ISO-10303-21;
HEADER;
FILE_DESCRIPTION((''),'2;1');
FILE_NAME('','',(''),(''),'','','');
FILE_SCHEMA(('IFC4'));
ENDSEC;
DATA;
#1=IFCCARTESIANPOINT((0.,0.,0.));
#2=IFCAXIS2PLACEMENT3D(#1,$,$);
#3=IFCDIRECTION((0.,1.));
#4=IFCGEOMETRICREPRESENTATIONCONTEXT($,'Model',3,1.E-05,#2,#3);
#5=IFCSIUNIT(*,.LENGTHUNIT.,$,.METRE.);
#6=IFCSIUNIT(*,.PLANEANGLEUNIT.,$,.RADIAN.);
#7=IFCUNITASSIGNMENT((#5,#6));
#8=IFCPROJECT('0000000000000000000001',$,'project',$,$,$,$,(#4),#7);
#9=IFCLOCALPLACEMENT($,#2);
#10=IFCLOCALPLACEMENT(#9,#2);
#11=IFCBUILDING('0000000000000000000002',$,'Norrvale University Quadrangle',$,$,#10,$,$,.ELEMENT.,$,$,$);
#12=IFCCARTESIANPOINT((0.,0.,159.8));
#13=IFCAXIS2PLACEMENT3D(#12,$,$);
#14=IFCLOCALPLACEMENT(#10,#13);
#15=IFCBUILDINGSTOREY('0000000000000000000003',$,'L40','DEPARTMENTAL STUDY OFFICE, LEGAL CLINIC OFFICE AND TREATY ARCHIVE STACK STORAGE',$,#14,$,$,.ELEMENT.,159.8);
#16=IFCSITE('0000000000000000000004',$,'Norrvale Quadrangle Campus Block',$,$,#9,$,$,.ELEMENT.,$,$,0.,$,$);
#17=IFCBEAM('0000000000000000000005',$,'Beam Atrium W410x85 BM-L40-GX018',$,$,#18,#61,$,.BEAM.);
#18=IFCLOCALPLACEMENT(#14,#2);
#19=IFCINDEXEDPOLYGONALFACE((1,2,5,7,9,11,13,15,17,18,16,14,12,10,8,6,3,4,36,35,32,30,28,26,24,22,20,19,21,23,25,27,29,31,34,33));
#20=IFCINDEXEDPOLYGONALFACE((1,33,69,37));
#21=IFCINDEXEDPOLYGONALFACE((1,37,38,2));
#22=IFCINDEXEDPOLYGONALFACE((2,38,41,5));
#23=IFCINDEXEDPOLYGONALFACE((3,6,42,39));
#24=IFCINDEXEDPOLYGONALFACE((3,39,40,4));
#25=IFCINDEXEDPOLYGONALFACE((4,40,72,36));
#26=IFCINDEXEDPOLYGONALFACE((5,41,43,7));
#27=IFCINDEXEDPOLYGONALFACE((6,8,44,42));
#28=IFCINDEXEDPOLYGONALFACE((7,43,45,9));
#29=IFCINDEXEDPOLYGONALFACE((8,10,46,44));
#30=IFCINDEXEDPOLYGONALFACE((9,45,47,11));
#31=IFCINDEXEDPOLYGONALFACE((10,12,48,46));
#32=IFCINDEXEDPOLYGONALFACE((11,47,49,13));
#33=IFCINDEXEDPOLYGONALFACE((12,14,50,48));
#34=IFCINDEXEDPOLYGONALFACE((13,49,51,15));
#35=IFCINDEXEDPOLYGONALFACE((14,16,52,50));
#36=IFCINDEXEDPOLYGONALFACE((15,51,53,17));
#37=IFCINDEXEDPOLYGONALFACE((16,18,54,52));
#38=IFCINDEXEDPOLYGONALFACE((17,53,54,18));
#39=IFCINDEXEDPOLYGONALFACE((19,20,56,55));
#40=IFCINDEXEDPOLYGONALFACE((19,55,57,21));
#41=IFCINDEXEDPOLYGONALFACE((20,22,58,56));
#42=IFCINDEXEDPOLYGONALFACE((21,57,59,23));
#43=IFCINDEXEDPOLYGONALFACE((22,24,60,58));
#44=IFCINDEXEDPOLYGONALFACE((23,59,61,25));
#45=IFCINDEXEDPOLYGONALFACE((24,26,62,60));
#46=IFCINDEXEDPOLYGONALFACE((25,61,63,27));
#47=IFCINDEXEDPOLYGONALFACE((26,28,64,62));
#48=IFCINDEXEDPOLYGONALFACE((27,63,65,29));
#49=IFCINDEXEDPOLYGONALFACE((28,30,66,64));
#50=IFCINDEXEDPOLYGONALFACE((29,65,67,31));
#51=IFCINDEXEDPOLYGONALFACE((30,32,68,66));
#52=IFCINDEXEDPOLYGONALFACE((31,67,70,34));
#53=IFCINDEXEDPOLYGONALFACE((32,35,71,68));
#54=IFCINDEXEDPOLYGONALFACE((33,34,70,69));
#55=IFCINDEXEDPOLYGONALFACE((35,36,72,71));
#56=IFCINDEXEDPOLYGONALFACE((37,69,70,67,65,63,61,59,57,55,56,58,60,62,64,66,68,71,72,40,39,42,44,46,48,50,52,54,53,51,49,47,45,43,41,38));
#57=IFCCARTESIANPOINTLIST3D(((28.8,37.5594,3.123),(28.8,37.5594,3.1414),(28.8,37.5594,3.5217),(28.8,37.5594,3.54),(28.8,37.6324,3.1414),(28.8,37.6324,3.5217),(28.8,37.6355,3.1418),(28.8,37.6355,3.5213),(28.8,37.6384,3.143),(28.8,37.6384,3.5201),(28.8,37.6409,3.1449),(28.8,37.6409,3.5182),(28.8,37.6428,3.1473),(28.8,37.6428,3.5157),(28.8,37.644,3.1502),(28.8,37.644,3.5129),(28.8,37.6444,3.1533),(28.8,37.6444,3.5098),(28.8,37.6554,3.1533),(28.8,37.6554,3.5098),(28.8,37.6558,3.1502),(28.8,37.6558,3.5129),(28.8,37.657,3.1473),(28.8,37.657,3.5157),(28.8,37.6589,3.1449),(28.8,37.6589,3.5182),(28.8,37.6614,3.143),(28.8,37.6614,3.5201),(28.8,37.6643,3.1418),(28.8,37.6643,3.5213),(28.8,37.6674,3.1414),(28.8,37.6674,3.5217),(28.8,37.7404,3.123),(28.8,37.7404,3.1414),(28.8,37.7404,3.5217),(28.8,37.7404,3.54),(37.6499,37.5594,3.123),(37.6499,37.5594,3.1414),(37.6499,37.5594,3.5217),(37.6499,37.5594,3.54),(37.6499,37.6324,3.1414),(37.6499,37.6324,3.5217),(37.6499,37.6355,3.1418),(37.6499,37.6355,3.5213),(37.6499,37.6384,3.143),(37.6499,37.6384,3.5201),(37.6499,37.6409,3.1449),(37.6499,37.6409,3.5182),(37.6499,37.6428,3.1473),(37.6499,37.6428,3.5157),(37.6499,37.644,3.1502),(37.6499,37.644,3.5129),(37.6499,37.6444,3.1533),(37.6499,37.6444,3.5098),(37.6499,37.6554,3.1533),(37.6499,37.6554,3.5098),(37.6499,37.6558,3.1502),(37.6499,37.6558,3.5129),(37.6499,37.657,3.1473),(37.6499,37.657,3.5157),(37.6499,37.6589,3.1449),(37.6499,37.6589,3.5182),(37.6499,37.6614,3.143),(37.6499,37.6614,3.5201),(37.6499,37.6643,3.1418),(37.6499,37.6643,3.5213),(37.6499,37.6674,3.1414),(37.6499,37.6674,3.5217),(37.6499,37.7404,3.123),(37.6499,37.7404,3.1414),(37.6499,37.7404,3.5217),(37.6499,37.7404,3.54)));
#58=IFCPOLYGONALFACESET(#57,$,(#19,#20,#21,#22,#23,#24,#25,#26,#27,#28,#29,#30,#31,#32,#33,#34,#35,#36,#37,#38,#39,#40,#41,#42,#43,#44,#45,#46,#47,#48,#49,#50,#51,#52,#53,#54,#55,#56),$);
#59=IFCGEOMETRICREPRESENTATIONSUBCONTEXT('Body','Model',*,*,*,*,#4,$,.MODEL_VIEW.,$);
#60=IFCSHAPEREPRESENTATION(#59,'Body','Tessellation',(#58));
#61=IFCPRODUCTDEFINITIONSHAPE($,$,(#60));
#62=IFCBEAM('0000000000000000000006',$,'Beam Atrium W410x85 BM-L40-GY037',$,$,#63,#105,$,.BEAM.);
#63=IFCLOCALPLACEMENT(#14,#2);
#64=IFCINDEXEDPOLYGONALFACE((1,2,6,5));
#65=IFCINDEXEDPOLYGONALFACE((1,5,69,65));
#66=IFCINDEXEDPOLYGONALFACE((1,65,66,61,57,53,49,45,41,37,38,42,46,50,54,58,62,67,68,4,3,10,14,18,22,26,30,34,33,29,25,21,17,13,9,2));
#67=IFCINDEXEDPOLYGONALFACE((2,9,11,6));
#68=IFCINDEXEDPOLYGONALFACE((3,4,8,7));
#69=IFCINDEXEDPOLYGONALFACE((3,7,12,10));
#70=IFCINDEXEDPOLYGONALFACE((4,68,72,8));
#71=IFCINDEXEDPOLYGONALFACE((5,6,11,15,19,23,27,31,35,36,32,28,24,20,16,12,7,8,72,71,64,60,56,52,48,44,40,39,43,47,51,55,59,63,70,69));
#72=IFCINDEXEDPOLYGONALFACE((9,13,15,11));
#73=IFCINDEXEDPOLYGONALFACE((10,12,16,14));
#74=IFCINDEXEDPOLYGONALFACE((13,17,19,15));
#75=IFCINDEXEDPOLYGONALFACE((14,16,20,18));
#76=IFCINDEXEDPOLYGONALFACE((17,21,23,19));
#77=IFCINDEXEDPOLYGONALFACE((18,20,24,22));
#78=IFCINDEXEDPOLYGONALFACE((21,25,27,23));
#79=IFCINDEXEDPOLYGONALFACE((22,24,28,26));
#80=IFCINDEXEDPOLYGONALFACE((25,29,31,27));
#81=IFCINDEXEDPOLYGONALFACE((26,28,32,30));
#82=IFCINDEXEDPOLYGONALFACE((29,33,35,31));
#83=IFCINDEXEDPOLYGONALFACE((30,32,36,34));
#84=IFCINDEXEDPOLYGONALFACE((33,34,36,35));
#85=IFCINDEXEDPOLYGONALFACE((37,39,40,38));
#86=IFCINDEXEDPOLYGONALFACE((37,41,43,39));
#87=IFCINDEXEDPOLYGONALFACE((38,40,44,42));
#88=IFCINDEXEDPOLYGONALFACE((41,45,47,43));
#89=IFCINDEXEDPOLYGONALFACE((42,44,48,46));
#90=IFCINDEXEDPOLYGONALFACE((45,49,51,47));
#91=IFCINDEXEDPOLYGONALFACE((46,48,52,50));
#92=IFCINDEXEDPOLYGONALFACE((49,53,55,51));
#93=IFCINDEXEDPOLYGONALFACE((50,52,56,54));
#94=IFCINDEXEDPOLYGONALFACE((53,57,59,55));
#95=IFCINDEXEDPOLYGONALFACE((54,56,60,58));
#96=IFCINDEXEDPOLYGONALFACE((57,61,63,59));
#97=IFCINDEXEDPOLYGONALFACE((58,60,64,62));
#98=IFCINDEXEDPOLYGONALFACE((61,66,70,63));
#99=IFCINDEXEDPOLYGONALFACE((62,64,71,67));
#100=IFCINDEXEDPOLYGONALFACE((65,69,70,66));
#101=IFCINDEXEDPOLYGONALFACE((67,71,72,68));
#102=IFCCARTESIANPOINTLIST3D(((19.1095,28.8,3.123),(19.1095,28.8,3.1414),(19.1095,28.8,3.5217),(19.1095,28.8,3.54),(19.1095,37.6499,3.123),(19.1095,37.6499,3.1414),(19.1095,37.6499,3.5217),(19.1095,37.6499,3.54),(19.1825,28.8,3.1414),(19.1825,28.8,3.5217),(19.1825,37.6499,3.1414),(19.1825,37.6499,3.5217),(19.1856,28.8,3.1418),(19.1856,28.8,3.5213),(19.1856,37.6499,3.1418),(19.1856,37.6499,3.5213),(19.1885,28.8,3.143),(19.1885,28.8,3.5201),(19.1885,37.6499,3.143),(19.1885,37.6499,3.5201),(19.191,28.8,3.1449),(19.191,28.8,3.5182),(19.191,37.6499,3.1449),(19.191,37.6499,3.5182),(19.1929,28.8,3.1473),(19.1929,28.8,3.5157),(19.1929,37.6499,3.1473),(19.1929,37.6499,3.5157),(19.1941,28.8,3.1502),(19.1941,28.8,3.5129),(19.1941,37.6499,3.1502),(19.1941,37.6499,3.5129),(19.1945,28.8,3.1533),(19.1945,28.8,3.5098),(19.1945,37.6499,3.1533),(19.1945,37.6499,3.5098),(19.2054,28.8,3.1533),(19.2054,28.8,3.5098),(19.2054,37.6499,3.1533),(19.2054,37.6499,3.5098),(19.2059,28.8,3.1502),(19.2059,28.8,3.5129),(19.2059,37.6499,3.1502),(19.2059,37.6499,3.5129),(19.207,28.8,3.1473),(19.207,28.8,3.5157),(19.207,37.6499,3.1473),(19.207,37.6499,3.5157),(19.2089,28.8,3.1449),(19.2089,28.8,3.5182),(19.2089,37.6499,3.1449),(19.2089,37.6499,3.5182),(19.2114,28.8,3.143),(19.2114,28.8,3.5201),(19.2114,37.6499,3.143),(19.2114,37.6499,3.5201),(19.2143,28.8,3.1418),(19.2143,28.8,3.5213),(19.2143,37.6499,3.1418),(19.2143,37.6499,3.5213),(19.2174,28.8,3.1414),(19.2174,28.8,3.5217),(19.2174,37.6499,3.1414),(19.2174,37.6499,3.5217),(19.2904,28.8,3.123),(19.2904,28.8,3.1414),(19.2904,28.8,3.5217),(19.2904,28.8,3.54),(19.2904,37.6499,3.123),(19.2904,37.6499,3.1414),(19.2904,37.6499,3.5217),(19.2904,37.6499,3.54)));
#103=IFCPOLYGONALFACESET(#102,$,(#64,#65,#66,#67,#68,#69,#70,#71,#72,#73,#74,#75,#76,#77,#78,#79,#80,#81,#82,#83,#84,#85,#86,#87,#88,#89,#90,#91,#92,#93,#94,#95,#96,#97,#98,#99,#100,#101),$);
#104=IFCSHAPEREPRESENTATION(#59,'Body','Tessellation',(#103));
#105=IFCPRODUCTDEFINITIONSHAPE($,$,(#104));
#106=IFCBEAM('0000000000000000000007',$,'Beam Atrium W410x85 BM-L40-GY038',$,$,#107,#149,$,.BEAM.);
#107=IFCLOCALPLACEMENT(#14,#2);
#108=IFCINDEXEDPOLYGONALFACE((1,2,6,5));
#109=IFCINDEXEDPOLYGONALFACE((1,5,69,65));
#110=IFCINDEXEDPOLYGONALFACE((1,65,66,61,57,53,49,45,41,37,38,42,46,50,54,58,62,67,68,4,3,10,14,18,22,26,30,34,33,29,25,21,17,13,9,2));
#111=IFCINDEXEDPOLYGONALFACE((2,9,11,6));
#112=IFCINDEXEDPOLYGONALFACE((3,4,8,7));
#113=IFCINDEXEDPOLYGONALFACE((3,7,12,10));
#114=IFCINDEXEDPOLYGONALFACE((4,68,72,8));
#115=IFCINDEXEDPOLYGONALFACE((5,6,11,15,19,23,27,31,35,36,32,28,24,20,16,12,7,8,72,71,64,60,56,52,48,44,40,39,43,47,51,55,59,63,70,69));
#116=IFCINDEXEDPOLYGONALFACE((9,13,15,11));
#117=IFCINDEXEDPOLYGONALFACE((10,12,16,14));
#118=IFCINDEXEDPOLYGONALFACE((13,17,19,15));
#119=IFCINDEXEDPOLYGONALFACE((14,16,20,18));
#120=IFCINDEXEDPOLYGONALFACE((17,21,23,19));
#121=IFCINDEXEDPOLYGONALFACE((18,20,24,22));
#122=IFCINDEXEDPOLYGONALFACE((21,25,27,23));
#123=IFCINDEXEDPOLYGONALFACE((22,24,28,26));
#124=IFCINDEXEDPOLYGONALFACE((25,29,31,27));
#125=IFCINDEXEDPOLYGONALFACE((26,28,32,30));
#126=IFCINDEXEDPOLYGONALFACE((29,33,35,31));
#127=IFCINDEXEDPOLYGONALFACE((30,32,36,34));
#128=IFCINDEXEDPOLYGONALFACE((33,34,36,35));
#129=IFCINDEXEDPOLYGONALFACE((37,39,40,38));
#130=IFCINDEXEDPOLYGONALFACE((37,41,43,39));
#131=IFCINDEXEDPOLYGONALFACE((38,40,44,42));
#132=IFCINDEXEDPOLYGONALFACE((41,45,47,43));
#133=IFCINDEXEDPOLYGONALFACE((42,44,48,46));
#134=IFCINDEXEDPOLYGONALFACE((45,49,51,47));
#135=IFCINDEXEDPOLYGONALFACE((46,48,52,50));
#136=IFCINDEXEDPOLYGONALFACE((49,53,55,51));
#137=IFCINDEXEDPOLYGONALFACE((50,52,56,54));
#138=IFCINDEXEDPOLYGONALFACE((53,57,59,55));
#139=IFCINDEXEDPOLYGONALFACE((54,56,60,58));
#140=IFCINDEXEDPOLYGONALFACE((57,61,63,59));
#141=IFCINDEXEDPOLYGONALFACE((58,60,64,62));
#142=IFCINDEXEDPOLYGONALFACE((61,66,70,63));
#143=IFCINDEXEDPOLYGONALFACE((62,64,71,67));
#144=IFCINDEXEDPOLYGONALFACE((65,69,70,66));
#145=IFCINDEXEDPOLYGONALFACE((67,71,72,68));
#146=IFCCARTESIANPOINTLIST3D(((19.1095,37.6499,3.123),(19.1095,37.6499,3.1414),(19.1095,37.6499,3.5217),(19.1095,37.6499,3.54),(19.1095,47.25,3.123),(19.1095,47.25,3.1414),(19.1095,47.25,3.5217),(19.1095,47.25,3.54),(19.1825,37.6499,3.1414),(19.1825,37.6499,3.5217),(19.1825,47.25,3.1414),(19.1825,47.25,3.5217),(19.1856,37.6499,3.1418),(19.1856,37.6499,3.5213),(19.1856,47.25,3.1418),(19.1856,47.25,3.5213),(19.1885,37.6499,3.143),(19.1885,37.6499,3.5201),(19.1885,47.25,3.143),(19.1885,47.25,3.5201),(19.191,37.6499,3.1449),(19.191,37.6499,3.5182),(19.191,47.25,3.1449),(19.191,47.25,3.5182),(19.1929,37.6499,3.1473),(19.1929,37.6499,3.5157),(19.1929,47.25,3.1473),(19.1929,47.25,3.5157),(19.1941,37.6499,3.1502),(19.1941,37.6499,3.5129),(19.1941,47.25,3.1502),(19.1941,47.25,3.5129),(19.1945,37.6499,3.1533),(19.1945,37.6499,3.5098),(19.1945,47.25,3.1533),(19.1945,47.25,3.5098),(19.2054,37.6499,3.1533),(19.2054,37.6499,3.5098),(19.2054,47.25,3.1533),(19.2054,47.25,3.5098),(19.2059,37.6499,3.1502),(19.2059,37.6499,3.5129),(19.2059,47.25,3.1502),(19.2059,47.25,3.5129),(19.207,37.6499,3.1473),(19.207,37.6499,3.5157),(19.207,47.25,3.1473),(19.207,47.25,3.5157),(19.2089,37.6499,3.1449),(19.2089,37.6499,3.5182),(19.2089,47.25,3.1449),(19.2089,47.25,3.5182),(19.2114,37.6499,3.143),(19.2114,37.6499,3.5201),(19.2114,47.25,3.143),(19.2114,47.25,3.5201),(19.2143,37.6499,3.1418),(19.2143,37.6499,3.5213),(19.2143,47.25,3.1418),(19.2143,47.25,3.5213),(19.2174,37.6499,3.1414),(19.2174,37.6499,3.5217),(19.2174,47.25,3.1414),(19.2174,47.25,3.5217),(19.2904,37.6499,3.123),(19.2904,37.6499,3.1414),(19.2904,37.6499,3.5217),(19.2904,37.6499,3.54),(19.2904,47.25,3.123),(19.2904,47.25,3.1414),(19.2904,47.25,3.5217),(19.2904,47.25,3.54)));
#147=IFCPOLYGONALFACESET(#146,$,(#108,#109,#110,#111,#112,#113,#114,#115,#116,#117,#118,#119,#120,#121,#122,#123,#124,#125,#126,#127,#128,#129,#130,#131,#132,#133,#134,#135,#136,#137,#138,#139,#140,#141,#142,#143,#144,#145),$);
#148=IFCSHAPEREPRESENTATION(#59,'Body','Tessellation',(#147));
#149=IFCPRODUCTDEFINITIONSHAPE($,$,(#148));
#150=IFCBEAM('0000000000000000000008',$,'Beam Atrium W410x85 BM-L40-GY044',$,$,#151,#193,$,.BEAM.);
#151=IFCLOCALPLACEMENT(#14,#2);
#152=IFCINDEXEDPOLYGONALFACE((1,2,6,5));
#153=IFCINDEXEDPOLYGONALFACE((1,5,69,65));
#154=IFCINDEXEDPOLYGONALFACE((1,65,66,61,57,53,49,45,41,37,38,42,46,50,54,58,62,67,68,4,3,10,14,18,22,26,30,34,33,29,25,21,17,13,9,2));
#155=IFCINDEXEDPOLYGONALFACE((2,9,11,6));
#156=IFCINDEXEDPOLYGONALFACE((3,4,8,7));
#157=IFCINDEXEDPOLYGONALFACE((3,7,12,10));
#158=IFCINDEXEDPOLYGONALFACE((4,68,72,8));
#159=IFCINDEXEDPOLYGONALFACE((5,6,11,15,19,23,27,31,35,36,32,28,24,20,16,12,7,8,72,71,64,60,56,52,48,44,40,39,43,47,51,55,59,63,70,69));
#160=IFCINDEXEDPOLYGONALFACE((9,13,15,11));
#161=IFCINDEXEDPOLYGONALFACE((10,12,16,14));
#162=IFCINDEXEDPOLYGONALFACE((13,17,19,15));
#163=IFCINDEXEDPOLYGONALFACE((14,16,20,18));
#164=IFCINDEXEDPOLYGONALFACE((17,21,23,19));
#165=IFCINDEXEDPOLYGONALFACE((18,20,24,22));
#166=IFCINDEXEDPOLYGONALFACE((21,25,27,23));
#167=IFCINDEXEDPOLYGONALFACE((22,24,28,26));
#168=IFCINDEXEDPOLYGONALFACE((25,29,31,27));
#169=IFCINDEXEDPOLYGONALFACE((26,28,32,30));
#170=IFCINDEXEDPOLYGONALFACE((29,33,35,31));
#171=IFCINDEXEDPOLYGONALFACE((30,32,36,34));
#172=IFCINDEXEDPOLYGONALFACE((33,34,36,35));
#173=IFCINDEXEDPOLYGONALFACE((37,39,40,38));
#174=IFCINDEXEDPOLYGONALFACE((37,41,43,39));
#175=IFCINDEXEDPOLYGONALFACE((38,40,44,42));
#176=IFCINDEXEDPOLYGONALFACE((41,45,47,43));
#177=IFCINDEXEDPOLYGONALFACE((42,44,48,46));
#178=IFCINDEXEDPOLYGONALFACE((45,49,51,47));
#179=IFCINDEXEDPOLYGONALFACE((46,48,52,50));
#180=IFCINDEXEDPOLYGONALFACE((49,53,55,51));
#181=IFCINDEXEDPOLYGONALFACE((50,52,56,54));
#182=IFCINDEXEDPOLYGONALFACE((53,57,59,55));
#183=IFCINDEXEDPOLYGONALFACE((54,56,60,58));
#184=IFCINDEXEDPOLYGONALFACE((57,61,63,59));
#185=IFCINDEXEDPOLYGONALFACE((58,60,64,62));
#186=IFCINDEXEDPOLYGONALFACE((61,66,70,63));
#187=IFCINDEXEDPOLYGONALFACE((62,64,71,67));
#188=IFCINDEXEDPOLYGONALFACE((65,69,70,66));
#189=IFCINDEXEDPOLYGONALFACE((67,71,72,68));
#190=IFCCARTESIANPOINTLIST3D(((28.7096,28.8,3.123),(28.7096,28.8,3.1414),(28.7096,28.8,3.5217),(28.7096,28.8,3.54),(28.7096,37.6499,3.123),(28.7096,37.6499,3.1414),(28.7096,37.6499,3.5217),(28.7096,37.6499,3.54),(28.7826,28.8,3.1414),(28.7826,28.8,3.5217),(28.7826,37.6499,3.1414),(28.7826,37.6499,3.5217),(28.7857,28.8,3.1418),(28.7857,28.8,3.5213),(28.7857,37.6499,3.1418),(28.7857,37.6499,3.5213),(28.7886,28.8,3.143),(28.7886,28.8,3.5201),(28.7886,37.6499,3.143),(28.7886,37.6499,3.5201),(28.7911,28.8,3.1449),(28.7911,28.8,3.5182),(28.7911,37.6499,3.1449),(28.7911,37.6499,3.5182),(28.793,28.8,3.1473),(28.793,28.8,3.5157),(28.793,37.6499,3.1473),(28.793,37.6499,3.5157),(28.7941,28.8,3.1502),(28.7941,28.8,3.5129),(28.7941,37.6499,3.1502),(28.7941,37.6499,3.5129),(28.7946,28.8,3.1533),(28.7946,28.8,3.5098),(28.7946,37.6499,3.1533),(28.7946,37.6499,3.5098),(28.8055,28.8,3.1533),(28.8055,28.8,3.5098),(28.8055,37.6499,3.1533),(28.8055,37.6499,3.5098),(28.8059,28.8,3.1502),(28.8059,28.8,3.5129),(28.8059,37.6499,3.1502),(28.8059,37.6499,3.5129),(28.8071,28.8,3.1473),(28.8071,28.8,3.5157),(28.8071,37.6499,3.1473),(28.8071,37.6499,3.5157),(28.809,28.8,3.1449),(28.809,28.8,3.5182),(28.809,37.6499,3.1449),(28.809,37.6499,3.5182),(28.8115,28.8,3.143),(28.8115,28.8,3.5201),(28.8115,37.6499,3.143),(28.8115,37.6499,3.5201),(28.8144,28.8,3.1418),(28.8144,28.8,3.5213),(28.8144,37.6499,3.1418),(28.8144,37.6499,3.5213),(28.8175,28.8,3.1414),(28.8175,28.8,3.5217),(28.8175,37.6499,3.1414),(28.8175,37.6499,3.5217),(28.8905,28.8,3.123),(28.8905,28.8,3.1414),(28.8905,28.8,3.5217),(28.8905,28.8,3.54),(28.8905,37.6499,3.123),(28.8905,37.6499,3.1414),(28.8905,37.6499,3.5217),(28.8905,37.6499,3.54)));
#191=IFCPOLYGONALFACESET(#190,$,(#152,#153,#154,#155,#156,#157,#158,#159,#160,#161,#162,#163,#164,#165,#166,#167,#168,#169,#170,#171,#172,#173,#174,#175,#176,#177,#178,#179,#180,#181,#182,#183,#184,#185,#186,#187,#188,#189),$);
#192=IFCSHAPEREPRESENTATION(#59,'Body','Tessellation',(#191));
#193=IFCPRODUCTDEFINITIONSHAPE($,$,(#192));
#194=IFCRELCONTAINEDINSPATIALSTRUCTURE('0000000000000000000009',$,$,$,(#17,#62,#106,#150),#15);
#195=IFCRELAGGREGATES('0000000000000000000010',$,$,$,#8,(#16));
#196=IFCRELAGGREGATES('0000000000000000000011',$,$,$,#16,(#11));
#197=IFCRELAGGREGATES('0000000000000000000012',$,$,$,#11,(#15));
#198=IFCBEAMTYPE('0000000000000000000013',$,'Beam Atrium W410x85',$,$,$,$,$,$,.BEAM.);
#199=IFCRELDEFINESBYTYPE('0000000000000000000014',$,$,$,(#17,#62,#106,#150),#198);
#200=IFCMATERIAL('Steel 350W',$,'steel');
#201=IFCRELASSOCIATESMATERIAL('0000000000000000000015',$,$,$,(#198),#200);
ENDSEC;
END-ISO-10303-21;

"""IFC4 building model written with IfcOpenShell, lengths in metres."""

from ifc_helpers import new_model, si_unit, direction, frame, origin, origin_2d, place, context, subcontext, project, spatial, i_section, extrude, material, material_profile, profile_set, type_object, element, save


model = new_model("IFC4")

# Units and contexts
model_context = context("Model", 3, precision=1e-05, world=origin(), true_north=direction((0.0, 1.0)))
body_context = subcontext(model_context, "Body", "Model", "MODEL_VIEW")
ifc_project = project(units=[si_unit("LENGTHUNIT", "METRE"), si_unit("PLANEANGLEUNIT", "RADIAN")], contexts=[model_context])

# Site, building, storey
site_placement = place(None, origin())
site = spatial("IfcSite", under=ifc_project, at=site_placement, Name="Norrvale Quadrangle Campus Block", CompositionType="ELEMENT", RefElevation=0.0)
building_placement = place(site_placement, origin())
building = spatial("IfcBuilding", under=site, at=building_placement, Name="Norrvale University Quadrangle", CompositionType="ELEMENT")
storey_placement = place(building_placement, frame((0.0, 0.0, 159.8)))
storey = spatial("IfcBuildingStorey", under=building, at=storey_placement, Name="L40", Description="DEPARTMENTAL STUDY OFFICE, LEGAL CLINIC OFFICE AND TREATY ARCHIVE STACK STORAGE", CompositionType="ELEMENT", Elevation=159.8)

# Beams
ifc_material_1 = material(Name="Steel 350W", Category="steel")
ifc_material_profile_1 = material_profile(ifc_material_1, i_section(OverallWidth=0.1809, OverallDepth=0.417, WebThickness=0.011, FlangeThickness=0.0183, FilletRadius=0.012, at=origin_2d()), Name="Steel 350W")
ifc_profile_set_1 = profile_set([ifc_material_profile_1], Name="Steel 350W")
beam_type_1 = type_object("IfcBeamType", Name="Beam Atrium W410x85", PredefinedType="BEAM", material=ifc_profile_set_1)
for number, where, z_axis, x_axis, name in (
    (1, (28.8, 37.6499, 3.3315), (1.0, 0.0, 0.0), (0.0, 1.0, 0.0), "Beam Atrium W410x85 BM-L40-GX018"),
    (2, (19.2, 28.8, 3.3315), (0.0, 1.0, 0.0), (-1.0, 0.0, 0.0), "Beam Atrium W410x85 BM-L40-GY037"),
):
    element("IfcBeam", number, at=place(storey_placement, frame(where, z_axis=z_axis, x_axis=x_axis)), inside=storey, type_object=beam_type_1, Name=name, PredefinedType="BEAM", context=body_context, shape_type="SweptSolid", body=[
        extrude(i_section(OverallWidth=0.1809, OverallDepth=0.417, WebThickness=0.011, FlangeThickness=0.0183, FilletRadius=0.012, at=origin_2d()), origin(), (0.0, 0.0, 1.0), 8.8499),
    ])
beam_1_placement = place(storey_placement, frame((19.2, 37.6499, 3.3315), z_axis=(0.0, 1.0, 0.0), x_axis=(-1.0, 0.0, 0.0)))
element("IfcBeam", 3, at=beam_1_placement, inside=storey, type_object=beam_type_1, Name="Beam Atrium W410x85 BM-L40-GY038", PredefinedType="BEAM", context=body_context, shape_type="SweptSolid", body=[
    extrude(i_section(OverallWidth=0.1809, OverallDepth=0.417, WebThickness=0.011, FlangeThickness=0.0183, FilletRadius=0.012, at=origin_2d()), origin(), (0.0, 0.0, 1.0), 9.6001),
])
beam_2_placement = place(storey_placement, frame((28.8, 28.8, 3.3315), z_axis=(0.0, 1.0, 0.0), x_axis=(-1.0, 0.0, 0.0)))
element("IfcBeam", 4, at=beam_2_placement, inside=storey, type_object=beam_type_1, Name="Beam Atrium W410x85 BM-L40-GY044", PredefinedType="BEAM", context=body_context, shape_type="SweptSolid", body=[
    extrude(i_section(OverallWidth=0.1809, OverallDepth=0.417, WebThickness=0.011, FlangeThickness=0.0183, FilletRadius=0.012, at=origin_2d()), origin(), (0.0, 0.0, 1.0), 8.8499),
])

save(model, "model.ifc")
